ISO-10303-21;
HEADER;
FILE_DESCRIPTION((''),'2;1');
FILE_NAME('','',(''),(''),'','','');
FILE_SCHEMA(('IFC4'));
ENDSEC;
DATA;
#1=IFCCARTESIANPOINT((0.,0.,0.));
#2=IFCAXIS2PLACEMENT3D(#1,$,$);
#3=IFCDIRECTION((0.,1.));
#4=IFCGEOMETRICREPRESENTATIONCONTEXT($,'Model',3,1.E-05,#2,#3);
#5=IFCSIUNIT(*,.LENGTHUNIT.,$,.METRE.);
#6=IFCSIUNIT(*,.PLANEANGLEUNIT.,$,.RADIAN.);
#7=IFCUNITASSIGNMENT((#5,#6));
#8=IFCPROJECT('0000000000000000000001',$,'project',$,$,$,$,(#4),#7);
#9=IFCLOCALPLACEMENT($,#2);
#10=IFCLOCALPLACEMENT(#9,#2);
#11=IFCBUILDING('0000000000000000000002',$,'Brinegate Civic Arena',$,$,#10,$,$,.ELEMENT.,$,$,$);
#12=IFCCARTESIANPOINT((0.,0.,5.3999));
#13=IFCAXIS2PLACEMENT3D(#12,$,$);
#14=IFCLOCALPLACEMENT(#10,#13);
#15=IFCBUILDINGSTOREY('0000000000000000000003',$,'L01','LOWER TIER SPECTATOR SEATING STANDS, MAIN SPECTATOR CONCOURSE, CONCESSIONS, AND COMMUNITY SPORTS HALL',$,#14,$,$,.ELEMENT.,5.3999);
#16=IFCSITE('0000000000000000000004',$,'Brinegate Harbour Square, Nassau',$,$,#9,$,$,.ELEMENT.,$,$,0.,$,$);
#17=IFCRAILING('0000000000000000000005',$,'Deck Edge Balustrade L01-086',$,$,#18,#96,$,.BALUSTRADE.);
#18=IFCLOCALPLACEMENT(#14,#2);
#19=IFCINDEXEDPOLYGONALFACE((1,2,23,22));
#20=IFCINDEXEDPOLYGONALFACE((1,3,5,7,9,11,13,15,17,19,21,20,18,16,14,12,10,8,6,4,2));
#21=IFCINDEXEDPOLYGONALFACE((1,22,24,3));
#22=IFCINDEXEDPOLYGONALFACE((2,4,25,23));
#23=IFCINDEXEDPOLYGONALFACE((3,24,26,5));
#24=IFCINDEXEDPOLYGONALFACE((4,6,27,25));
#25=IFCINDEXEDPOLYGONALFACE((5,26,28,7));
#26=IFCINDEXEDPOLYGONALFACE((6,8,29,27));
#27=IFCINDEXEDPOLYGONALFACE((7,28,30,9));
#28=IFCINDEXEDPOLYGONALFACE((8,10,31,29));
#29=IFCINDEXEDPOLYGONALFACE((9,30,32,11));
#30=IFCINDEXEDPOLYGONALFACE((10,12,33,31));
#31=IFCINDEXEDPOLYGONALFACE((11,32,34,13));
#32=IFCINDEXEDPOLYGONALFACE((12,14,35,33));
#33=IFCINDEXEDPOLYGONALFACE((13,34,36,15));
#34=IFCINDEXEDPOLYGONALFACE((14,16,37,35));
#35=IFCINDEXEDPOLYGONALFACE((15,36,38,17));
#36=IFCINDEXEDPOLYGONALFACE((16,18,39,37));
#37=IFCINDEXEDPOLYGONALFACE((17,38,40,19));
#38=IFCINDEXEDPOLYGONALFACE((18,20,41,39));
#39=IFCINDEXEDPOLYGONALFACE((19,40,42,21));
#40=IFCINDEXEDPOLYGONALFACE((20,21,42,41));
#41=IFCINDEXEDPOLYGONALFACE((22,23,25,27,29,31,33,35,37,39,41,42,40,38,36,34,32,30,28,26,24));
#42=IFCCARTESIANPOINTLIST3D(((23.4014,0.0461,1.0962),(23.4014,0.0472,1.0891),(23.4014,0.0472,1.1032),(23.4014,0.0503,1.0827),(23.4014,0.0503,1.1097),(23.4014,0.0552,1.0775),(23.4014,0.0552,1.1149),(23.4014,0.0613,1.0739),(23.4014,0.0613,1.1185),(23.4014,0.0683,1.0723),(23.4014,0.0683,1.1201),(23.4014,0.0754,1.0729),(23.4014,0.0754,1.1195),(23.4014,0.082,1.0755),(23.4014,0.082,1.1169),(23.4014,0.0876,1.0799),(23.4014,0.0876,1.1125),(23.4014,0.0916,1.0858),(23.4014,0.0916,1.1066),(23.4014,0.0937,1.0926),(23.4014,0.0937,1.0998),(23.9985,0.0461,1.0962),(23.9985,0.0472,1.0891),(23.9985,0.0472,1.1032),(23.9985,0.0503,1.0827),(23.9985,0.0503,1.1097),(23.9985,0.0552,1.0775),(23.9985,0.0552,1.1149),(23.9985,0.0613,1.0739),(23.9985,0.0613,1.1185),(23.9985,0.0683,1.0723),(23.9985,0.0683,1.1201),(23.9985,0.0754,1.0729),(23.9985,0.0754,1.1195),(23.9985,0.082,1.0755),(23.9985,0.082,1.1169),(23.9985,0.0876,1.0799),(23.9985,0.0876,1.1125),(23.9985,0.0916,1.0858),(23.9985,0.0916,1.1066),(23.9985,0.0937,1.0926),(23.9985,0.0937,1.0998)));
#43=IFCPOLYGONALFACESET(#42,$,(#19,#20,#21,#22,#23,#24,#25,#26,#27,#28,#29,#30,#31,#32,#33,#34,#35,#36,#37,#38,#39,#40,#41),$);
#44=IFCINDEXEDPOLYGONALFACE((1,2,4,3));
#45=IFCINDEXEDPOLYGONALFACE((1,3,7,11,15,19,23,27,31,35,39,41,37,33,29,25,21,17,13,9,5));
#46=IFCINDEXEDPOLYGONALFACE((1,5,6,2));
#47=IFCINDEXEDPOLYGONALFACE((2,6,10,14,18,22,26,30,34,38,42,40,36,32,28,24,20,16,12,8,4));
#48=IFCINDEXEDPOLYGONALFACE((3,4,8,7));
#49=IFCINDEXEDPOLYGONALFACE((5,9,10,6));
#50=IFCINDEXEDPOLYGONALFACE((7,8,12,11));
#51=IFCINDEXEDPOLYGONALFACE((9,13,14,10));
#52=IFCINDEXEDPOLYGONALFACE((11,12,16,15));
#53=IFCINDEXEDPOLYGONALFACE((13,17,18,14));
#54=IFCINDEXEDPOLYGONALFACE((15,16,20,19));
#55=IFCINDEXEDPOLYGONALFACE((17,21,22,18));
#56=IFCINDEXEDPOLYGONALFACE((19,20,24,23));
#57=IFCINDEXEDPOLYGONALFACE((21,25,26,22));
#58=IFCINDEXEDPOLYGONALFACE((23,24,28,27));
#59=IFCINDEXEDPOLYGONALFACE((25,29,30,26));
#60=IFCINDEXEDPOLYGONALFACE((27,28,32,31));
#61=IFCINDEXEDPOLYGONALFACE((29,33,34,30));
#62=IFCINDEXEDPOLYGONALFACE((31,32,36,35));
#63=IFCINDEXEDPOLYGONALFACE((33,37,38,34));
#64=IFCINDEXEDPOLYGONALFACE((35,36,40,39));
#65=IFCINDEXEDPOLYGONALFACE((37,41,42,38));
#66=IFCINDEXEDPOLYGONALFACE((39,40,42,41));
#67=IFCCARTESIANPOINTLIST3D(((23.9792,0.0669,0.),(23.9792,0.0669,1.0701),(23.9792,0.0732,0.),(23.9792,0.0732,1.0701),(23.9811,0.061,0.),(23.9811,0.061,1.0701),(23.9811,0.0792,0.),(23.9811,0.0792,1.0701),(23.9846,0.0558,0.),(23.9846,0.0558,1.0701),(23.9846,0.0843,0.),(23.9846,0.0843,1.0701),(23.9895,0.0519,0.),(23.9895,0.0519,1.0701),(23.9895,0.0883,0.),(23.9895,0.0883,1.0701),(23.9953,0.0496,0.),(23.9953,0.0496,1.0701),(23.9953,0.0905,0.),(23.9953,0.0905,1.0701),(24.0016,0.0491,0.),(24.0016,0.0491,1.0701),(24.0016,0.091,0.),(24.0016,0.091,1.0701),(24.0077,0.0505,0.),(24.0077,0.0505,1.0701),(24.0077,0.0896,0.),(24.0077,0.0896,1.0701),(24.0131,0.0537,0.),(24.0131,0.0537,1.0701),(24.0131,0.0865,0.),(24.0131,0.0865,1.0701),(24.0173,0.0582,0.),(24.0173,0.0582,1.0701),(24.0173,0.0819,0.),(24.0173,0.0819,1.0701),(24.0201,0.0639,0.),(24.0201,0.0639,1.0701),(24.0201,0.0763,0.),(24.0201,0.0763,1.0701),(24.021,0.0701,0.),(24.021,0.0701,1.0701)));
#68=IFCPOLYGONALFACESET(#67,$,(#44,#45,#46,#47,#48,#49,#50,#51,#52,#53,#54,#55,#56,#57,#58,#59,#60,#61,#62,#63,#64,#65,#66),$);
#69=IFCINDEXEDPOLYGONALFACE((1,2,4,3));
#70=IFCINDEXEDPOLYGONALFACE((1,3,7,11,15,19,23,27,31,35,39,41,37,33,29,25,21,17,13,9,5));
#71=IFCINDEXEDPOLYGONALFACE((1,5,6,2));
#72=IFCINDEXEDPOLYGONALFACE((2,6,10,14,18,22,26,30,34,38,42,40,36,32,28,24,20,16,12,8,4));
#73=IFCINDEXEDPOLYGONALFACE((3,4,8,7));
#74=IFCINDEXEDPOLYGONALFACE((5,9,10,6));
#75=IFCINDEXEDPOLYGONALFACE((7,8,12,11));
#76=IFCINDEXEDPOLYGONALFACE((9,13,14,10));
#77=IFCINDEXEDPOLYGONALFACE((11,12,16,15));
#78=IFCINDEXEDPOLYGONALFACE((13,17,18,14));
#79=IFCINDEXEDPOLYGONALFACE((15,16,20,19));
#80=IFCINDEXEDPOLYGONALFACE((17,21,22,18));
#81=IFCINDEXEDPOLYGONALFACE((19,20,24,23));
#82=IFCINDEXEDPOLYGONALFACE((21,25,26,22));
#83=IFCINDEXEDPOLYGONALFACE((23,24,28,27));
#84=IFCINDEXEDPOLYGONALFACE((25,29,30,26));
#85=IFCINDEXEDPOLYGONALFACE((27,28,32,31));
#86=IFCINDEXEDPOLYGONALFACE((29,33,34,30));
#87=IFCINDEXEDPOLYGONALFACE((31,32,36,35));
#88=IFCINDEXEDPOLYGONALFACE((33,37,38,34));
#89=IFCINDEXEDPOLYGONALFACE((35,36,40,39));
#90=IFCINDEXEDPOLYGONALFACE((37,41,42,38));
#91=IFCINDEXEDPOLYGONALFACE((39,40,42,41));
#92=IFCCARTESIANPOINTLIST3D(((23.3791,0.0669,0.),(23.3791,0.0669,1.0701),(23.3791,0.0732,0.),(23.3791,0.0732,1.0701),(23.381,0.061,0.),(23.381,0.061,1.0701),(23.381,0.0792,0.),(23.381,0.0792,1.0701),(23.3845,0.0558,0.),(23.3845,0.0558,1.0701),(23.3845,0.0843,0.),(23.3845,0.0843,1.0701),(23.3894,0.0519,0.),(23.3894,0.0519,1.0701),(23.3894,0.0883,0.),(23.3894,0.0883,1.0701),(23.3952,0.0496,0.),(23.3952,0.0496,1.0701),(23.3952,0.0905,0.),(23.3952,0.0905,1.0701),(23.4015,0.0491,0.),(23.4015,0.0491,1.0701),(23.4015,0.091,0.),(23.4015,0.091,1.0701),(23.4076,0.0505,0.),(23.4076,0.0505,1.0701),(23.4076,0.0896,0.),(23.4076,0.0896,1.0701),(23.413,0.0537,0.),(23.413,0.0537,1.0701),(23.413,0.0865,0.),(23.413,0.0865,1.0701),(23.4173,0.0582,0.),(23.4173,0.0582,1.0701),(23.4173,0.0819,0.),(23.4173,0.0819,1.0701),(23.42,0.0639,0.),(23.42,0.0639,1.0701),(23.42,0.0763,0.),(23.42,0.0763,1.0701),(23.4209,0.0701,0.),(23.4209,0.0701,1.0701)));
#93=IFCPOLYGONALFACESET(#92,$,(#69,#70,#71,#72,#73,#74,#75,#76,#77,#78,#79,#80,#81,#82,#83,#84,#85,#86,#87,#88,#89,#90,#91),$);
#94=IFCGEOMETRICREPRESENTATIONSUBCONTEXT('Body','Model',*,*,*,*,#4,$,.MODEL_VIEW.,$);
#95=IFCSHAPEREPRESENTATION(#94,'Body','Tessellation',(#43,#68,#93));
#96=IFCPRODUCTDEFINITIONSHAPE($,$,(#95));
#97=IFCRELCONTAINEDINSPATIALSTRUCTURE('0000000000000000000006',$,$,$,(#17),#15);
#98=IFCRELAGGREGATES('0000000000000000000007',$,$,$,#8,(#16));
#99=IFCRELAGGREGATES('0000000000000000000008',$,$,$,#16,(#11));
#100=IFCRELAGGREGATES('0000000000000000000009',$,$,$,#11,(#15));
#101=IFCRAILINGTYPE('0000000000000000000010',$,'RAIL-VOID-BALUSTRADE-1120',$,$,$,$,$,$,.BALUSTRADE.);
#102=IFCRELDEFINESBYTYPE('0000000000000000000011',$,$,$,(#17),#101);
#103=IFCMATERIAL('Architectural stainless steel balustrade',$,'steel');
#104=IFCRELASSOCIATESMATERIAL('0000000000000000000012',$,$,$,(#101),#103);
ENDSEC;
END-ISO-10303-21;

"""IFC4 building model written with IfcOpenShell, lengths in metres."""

from ifc_helpers import new_model, si_unit, direction, frame, origin, origin_2d, place, context, subcontext, project, spatial, circle, extrude, material, type_object, element, save


model = new_model("IFC4")

# Units and contexts
model_context = context("Model", 3, precision=1e-05, world=origin(), true_north=direction((0.0, 1.0)))
body_context = subcontext(model_context, "Body", "Model", "MODEL_VIEW")
ifc_project = project(units=[si_unit("LENGTHUNIT", "METRE"), si_unit("PLANEANGLEUNIT", "RADIAN")], contexts=[model_context])

# Site, building, storey
site_placement = place(None, origin())
site = spatial("IfcSite", under=ifc_project, at=site_placement, Name="Brinegate Harbour Square, Nassau", CompositionType="ELEMENT", RefElevation=0.0)
building_placement = place(site_placement, origin())
building = spatial("IfcBuilding", under=site, at=building_placement, Name="Brinegate Civic Arena", CompositionType="ELEMENT")
storey_placement = place(building_placement, frame((0.0, 0.0, 5.3999)))
storey = spatial("IfcBuildingStorey", under=building, at=storey_placement, Name="L01", Description="LOWER TIER SPECTATOR SEATING STANDS, MAIN SPECTATOR CONCOURSE, CONCESSIONS, AND COMMUNITY SPORTS HALL", CompositionType="ELEMENT", Elevation=5.3999)

# Railing
ifc_material_1 = material(Name="Architectural stainless steel balustrade", Category="steel")
railing_type = type_object("IfcRailingType", Name="RAIL-VOID-BALUSTRADE-1120", PredefinedType="BALUSTRADE", material=ifc_material_1)
for number, where, name in (
    (1, (24.0, 0.0701, 0.0), "Deck Edge Balustrade L01-086"),
):
    element("IfcRailing", number, at=place(storey_placement, frame(where)), inside=storey, type_object=railing_type, Name=name, PredefinedType="BALUSTRADE", context=body_context, shape_type="SweptSolid", body=[
        extrude(circle(Radius=0.0239, at=origin_2d()), frame((-0.0015, 0.0, 1.0962), z_axis=(-1.0, 0.0, 0.0), x_axis=(0.0, -1.0, 0.0)), (0.0, 0.0, 1.0), 0.5972),
        extrude(circle(Radius=0.021, at=origin_2d()), origin(), (0.0, 0.0, 1.0), 1.0701),
        extrude(circle(Radius=0.021, at=origin_2d()), frame((-0.6001, 0.0, 0.0)), (0.0, 0.0, 1.0), 1.0701),
    ])

save(model, "model.ifc")
